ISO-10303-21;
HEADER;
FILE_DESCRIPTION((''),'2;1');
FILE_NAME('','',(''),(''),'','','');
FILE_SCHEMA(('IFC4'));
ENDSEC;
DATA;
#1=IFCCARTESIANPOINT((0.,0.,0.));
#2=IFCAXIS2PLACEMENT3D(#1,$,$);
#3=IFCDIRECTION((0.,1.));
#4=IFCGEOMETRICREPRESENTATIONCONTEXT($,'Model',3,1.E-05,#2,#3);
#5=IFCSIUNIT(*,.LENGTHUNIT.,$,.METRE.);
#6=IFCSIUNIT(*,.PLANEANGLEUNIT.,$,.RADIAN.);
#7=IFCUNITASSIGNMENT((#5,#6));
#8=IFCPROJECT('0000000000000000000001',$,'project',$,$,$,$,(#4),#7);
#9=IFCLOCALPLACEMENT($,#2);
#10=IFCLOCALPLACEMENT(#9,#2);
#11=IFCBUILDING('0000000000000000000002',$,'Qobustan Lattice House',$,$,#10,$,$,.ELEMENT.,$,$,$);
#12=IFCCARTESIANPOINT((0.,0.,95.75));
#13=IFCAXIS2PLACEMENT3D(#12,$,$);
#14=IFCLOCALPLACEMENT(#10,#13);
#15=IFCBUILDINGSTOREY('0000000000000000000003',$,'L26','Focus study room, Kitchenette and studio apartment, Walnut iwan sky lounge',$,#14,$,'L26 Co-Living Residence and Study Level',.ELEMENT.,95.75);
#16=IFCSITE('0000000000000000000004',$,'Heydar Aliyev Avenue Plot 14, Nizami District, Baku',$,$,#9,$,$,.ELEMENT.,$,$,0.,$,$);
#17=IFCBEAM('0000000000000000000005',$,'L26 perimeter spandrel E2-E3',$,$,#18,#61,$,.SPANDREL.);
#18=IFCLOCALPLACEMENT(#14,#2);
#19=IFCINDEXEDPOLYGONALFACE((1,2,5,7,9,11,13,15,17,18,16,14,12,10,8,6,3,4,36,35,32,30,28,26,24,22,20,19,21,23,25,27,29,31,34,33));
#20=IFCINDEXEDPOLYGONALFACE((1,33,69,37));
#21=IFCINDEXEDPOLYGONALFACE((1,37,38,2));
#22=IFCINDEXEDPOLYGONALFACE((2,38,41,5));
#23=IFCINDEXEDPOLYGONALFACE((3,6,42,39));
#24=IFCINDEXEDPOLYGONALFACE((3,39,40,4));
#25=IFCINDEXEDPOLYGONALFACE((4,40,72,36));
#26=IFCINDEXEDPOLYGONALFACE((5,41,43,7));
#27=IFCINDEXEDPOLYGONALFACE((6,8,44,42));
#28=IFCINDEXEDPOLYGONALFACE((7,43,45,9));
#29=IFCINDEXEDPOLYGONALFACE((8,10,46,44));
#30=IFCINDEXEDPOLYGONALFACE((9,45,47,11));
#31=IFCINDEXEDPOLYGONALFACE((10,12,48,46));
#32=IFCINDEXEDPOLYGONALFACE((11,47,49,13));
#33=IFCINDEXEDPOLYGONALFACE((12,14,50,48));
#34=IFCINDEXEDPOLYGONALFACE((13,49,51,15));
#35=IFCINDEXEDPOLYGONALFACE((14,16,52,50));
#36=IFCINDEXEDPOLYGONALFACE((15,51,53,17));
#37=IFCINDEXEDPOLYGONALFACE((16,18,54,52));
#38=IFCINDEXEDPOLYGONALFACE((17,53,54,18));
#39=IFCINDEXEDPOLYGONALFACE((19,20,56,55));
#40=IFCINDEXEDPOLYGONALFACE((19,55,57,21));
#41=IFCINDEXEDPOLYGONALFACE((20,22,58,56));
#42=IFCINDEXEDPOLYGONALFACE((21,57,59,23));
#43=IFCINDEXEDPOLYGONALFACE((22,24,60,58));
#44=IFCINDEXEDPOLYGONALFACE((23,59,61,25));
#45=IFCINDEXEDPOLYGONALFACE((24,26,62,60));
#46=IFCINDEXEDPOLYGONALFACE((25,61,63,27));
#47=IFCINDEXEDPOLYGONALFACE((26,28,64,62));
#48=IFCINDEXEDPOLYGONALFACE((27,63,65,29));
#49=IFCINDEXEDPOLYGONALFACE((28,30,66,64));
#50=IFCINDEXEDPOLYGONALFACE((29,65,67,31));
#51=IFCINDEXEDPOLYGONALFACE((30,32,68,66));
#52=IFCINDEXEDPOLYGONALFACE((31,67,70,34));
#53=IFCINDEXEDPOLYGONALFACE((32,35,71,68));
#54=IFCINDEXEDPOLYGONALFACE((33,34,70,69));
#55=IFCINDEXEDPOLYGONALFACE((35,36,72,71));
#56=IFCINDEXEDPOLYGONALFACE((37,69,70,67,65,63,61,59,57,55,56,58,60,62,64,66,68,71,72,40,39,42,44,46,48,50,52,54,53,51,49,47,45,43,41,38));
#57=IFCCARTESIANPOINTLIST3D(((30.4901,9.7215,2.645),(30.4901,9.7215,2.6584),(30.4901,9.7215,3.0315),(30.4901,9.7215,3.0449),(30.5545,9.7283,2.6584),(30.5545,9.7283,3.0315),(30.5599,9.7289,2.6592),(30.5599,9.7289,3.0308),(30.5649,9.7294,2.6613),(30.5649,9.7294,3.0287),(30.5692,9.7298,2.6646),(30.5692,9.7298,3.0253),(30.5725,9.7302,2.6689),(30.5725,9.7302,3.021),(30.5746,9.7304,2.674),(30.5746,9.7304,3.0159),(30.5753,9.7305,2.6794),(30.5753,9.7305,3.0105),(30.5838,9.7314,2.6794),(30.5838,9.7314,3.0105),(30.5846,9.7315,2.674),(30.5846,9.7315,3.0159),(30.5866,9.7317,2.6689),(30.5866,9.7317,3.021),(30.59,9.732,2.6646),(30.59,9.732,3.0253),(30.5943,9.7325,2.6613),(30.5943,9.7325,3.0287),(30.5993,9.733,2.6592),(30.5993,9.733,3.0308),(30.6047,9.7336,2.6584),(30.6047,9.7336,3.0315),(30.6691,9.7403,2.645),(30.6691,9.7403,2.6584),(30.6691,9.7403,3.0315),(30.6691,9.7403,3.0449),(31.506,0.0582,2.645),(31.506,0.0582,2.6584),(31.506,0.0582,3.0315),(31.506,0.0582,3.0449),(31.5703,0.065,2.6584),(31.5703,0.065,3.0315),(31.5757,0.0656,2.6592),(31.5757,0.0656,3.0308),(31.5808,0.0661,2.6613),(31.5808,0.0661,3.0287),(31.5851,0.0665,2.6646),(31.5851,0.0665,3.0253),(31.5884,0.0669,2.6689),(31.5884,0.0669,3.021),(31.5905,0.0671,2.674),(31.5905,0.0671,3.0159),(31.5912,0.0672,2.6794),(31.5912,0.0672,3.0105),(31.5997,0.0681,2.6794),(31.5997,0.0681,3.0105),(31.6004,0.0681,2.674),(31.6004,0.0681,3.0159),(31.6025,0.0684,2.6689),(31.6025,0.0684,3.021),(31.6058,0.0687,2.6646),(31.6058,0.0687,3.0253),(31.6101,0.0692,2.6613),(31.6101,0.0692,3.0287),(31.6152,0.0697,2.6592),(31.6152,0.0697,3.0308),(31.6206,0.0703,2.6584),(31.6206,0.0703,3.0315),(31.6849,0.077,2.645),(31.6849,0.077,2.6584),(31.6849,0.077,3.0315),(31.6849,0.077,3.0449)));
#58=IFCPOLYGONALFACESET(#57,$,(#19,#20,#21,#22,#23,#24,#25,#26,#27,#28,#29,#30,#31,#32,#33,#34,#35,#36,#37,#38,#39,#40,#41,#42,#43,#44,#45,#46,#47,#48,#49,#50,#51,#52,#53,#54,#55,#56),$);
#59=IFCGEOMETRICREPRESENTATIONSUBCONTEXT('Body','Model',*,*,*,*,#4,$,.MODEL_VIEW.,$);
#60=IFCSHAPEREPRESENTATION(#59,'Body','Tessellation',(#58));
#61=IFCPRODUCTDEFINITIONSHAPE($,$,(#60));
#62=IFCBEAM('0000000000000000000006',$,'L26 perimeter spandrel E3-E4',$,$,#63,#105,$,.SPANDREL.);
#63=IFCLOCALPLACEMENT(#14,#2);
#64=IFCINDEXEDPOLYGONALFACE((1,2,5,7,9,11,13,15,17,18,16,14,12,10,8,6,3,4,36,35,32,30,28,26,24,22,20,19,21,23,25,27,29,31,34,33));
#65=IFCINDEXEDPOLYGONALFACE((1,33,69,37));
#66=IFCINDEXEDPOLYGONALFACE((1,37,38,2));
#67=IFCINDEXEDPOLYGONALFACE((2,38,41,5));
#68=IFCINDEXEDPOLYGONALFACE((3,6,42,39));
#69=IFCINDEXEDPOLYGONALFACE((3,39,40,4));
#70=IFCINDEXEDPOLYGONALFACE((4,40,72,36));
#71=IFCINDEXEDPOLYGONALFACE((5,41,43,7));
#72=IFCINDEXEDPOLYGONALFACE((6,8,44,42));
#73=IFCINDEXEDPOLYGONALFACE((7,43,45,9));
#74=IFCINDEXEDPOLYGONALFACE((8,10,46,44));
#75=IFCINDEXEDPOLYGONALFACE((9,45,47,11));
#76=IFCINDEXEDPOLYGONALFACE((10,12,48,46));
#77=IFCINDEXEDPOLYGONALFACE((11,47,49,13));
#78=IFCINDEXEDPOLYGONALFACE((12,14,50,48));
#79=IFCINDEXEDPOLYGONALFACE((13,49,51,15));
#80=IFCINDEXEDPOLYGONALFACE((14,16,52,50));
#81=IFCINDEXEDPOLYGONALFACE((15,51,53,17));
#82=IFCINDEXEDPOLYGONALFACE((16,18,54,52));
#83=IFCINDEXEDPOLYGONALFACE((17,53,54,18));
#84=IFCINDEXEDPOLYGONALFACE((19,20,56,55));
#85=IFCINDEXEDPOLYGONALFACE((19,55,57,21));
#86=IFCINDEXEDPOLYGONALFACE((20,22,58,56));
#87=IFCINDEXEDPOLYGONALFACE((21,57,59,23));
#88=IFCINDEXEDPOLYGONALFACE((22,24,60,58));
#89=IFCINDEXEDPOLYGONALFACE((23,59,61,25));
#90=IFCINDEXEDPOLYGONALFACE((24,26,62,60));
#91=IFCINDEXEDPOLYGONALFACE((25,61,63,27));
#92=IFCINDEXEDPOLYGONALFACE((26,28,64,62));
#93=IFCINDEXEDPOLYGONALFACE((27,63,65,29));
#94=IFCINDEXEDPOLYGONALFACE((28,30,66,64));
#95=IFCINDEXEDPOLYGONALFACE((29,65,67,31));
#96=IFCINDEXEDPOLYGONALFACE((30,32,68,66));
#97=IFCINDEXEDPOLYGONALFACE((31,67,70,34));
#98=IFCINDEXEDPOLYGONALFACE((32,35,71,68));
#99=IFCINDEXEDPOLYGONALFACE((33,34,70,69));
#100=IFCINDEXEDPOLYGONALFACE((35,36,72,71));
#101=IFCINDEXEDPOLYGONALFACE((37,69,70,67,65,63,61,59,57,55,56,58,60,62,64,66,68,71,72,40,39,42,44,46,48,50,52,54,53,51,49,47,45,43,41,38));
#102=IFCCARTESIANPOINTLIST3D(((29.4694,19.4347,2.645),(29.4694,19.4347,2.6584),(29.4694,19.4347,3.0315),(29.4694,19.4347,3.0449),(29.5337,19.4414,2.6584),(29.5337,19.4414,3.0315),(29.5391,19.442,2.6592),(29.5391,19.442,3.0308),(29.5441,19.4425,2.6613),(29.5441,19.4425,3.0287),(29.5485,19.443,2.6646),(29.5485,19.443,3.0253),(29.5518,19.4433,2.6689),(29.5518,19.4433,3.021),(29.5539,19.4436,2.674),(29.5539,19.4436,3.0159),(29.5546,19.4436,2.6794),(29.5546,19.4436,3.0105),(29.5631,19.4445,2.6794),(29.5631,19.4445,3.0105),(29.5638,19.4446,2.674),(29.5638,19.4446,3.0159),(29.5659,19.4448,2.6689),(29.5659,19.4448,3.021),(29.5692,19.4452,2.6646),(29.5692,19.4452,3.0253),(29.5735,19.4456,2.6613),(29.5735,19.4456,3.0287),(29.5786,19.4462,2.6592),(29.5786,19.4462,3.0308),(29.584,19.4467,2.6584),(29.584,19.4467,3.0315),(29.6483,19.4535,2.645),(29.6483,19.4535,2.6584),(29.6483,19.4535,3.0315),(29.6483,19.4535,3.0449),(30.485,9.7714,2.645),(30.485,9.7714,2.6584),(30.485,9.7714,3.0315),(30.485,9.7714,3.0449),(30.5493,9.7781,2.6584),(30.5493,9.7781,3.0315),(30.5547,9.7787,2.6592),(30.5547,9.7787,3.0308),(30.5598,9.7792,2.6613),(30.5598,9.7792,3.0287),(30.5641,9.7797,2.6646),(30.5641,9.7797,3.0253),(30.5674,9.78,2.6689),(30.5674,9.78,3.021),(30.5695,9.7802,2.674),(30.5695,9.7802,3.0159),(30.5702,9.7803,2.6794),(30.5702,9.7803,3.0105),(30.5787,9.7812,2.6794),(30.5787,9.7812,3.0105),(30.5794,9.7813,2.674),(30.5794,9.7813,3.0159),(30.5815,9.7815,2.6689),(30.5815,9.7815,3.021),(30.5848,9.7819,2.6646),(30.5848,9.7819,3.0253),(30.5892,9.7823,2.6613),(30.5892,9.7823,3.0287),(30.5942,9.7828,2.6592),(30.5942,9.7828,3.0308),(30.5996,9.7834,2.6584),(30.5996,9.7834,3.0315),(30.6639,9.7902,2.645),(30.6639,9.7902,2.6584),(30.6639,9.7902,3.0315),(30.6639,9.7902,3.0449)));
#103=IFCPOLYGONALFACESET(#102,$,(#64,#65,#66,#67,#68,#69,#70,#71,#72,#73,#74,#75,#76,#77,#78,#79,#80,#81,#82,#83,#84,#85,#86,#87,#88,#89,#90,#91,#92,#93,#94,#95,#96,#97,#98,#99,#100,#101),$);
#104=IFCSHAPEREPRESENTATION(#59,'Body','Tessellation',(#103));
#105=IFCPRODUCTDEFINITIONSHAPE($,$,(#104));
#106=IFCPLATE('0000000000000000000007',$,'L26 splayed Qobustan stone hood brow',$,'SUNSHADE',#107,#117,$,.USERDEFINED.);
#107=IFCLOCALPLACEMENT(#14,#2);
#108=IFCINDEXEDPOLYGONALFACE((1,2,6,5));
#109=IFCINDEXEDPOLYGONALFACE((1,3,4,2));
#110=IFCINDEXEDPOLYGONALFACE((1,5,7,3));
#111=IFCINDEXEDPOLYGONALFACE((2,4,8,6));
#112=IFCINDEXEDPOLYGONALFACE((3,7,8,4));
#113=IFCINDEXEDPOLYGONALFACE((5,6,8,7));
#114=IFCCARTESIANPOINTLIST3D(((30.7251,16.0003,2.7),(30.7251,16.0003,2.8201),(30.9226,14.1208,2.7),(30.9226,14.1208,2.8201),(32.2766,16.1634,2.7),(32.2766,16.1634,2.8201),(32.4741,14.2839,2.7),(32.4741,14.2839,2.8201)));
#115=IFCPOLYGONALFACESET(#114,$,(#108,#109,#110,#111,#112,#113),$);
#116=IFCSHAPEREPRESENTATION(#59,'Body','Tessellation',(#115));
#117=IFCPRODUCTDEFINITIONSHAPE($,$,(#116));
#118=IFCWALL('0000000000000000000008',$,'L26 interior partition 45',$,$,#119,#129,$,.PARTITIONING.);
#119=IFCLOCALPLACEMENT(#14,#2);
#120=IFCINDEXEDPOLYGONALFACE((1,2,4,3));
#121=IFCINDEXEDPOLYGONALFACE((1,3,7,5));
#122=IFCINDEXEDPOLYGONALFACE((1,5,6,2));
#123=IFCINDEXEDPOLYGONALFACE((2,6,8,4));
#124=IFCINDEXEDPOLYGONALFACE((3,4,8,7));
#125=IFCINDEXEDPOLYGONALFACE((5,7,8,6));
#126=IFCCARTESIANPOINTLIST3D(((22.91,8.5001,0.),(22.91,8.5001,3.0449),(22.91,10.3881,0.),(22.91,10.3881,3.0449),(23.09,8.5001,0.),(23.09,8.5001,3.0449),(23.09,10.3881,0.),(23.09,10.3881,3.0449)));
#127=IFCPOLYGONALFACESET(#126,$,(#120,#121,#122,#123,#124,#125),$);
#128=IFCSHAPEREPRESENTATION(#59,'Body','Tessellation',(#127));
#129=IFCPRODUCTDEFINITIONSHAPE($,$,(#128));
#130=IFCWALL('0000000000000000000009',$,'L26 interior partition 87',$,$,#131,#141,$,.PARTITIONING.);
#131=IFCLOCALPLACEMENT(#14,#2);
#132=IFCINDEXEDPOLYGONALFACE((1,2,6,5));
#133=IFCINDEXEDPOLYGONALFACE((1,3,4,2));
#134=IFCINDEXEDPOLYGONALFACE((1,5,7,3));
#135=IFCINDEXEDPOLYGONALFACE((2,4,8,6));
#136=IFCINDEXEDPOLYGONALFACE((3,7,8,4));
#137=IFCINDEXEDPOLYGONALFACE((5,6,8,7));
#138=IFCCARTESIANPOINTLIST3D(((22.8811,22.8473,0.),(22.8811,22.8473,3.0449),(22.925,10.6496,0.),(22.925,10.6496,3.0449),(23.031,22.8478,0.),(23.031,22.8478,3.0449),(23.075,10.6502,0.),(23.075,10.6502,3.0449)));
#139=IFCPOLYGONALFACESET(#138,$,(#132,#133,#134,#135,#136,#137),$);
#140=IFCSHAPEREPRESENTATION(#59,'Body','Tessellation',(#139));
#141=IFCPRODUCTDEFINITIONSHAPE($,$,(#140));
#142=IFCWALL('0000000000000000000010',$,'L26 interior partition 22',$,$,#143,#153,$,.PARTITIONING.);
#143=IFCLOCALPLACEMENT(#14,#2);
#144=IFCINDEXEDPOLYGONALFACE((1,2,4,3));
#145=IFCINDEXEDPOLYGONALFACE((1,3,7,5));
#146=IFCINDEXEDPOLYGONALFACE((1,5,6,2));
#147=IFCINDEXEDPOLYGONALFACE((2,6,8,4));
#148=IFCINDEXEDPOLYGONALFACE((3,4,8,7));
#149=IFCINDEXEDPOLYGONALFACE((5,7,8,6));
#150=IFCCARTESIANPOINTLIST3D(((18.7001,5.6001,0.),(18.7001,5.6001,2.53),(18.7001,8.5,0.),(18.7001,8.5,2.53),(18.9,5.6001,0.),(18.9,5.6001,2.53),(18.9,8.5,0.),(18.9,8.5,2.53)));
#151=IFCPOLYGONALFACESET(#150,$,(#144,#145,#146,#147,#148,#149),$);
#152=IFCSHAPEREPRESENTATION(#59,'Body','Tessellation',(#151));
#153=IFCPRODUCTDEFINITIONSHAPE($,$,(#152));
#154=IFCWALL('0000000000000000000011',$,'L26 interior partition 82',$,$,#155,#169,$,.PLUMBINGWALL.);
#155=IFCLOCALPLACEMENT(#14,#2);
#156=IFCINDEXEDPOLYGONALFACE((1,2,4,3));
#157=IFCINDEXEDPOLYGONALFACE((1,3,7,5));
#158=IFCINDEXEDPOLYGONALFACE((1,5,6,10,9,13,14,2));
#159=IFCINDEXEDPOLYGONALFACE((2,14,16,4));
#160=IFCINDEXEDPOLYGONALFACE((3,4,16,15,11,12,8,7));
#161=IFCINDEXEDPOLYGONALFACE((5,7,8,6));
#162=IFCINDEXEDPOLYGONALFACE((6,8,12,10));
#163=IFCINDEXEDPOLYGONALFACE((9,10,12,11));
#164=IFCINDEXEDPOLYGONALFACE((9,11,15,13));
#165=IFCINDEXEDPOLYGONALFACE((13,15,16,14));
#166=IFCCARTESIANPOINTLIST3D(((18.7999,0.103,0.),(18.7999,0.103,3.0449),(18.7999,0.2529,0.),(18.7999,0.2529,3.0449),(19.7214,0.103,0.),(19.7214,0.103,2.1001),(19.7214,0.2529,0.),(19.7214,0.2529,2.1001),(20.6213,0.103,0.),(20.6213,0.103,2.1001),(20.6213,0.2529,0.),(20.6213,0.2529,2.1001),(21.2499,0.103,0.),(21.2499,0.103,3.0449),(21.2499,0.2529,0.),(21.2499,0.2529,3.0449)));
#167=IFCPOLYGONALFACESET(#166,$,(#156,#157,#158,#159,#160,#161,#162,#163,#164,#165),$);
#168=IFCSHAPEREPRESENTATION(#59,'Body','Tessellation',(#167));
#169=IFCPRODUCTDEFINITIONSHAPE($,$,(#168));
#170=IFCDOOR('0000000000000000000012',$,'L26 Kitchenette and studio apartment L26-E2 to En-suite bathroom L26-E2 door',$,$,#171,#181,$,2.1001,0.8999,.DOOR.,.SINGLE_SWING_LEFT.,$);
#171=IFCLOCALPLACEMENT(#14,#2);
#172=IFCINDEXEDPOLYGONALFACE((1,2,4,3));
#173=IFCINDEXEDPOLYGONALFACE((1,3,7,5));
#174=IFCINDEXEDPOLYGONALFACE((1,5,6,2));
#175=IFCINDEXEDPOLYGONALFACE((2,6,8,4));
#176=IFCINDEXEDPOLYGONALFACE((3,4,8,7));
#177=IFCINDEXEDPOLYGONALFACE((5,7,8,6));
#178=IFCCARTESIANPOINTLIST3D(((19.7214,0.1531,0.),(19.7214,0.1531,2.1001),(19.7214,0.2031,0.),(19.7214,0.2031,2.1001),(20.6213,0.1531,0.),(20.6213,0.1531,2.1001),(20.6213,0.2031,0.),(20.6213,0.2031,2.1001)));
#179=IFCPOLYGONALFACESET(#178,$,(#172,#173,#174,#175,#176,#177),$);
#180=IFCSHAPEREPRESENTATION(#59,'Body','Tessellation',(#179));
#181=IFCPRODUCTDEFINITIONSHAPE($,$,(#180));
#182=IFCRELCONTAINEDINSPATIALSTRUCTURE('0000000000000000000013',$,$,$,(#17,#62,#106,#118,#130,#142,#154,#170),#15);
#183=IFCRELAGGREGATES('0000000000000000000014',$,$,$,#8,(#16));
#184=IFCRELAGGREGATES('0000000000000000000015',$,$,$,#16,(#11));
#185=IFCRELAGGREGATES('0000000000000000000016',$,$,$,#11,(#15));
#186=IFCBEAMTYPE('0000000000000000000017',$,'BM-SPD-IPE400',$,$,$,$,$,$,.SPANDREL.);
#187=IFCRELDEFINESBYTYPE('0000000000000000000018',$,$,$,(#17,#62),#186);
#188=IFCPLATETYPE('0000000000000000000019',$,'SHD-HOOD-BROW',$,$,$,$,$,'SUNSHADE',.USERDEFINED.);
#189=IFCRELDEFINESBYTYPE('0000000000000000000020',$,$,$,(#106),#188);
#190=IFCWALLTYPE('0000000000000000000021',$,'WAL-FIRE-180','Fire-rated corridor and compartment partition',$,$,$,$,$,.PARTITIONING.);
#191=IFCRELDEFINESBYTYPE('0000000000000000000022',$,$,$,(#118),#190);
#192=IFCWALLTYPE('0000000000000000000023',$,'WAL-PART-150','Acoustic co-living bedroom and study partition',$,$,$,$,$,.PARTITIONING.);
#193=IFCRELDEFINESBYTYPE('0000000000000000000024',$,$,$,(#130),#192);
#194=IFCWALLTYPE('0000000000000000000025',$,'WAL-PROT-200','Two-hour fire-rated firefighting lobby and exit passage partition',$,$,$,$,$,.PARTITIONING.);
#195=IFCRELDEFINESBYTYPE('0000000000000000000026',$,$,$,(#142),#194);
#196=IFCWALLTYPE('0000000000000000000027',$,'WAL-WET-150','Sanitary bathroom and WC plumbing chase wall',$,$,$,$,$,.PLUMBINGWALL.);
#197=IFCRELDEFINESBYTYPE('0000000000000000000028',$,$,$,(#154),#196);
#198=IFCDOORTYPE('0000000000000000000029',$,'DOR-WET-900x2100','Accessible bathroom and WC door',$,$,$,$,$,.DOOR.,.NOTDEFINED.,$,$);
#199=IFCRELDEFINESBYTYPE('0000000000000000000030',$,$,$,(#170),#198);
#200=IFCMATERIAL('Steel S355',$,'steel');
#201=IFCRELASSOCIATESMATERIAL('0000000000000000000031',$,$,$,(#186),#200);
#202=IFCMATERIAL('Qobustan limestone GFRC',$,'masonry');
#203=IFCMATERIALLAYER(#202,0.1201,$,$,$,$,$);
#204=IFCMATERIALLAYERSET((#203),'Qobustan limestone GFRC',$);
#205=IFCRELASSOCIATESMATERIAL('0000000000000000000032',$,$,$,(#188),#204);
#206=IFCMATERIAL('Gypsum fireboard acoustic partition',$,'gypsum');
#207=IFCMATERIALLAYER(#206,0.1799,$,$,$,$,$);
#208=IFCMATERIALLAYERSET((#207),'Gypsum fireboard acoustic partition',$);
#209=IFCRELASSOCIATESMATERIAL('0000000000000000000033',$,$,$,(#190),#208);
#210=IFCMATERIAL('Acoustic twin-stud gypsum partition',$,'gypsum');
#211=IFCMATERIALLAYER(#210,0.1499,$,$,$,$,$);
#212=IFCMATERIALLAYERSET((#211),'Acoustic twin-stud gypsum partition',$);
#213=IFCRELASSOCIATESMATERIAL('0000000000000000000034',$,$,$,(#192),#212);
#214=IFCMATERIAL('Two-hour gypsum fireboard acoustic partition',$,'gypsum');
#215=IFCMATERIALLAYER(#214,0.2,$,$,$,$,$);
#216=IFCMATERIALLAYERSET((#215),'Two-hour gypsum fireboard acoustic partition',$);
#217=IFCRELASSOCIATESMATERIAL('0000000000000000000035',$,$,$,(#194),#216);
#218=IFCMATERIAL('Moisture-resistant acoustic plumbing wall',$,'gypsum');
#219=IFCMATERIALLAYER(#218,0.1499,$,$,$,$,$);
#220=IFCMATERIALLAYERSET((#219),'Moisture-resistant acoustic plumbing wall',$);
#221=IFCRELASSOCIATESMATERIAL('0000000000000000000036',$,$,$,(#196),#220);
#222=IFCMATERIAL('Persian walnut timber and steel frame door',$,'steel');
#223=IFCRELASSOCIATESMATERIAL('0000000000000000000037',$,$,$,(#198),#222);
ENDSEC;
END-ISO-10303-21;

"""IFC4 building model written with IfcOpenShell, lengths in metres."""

from ifc_helpers import new_model, si_unit, direction, frame, frame_2d, origin, origin_2d, place, context, subcontext, project, spatial, rectangle, i_section, extrude, material, layer, layer_set, material_profile, profile_set, type_object, element, fill, save


model = new_model("IFC4")

# Units and contexts
model_context = context("Model", 3, precision=1e-05, world=origin(), true_north=direction((0.0, 1.0)))
body_context = subcontext(model_context, "Body", "Model", "MODEL_VIEW")
ifc_project = project(units=[si_unit("LENGTHUNIT", "METRE"), si_unit("PLANEANGLEUNIT", "RADIAN")], contexts=[model_context])

# Site, building, storey
site_placement = place(None, origin())
site = spatial("IfcSite", under=ifc_project, at=site_placement, Name="Heydar Aliyev Avenue Plot 14, Nizami District, Baku", CompositionType="ELEMENT", RefElevation=0.0)
building_placement = place(site_placement, origin())
building = spatial("IfcBuilding", under=site, at=building_placement, Name="Qobustan Lattice House", CompositionType="ELEMENT")
storey_placement = place(building_placement, frame((0.0, 0.0, 95.75)))
storey = spatial("IfcBuildingStorey", under=building, at=storey_placement, Name="L26", Description="Focus study room, Kitchenette and studio apartment, Walnut iwan sky lounge", LongName="L26 Co-Living Residence and Study Level", CompositionType="ELEMENT", Elevation=95.75)

# Beams
ifc_material_1 = material(Name="Steel S355", Category="steel")
ifc_material_profile_1 = material_profile(ifc_material_1, i_section(OverallWidth=0.1799, OverallDepth=0.3999, WebThickness=0.0085, FlangeThickness=0.0134, FilletRadius=0.021, at=origin_2d()), Name="IPE400")
ifc_profile_set_1 = profile_set([ifc_material_profile_1], Name="Steel S355")
beam_type_1 = type_object("IfcBeamType", Name="BM-SPD-IPE400", PredefinedType="SPANDREL", material=ifc_profile_set_1)
for number, where, z_axis, x_axis, name in (
    (1, (31.5955, 0.0676, 2.845), (-0.10455, 0.99452, 0.0), (-0.99452, -0.10455, 0.0), "L26 perimeter spandrel E2-E3"),
    (2, (30.5745, 9.7808, 2.845), (-0.104525, 0.994522, 0.0), (-0.994522, -0.104525, 0.0), "L26 perimeter spandrel E3-E4"),
):
    element("IfcBeam", number, at=place(storey_placement, frame(where, z_axis=z_axis, x_axis=x_axis)), inside=storey, type_object=beam_type_1, Name=name, PredefinedType="SPANDREL", context=body_context, shape_type="SweptSolid", body=[
        extrude(i_section(OverallWidth=0.1799, OverallDepth=0.3999, WebThickness=0.0085, FlangeThickness=0.0134, FilletRadius=0.021, at=origin_2d()), origin(), (0.0, 0.0, 1.0), 9.7166),
    ])

# Plate
ifc_material_2 = material(Name="Qobustan limestone GFRC", Category="masonry")
ifc_layer_1 = layer(ifc_material_2, 0.1201)
ifc_layer_set_1 = layer_set([ifc_layer_1], Name="Qobustan limestone GFRC")
plate_type = type_object("IfcPlateType", Name="SHD-HOOD-BROW", ElementType="SUNSHADE", PredefinedType="USERDEFINED", material=ifc_layer_set_1)
plate_placement = place(storey_placement, frame((31.5996, 15.1421, 2.7), z_axis=(0.0, 0.0, 1.0), x_axis=(0.104528, -0.994522, 0.0)))
element("IfcPlate", 3, at=plate_placement, inside=storey, type_object=plate_type, Name="L26 splayed Qobustan stone hood brow", ObjectType="SUNSHADE", PredefinedType="USERDEFINED", context=body_context, shape_type="SweptSolid", body=[
    extrude(rectangle(XDim=1.8899, YDim=1.5601, at=origin_2d()), origin(), (0.0, 0.0, 1.0), 0.1201),
])

# Shared definitions
ifc_material_3 = material(Name="Gypsum fireboard acoustic partition", Category="gypsum")
ifc_layer_2 = layer(ifc_material_3, 0.1799)
ifc_layer_set_2 = layer_set([ifc_layer_2], Name="Gypsum fireboard acoustic partition")
wall_type_1 = type_object("IfcWallType", Name="WAL-FIRE-180", Description="Fire-rated corridor and compartment partition", PredefinedType="PARTITIONING", material=ifc_layer_set_2)

# Wall
wall_1_placement = place(storey_placement, frame((23.0, 10.3879, 0.0), z_axis=(0.0, 0.0, 1.0), x_axis=(0.0, -1.0, 0.0)))
element("IfcWall", 4, at=wall_1_placement, inside=storey, type_object=wall_type_1, Name="L26 interior partition 45", PredefinedType="PARTITIONING", context=body_context, shape_type="SweptSolid", body=[
    extrude(rectangle(XDim=1.8879, YDim=0.1799, at=frame_2d((0.9438, 0.0))), origin(), (0.0, 0.0, 1.0), 3.0449),
])

# Shared definitions
ifc_material_4 = material(Name="Acoustic twin-stud gypsum partition", Category="gypsum")
ifc_layer_3 = layer(ifc_material_4, 0.1499)
ifc_layer_set_3 = layer_set([ifc_layer_3], Name="Acoustic twin-stud gypsum partition")
wall_type_2 = type_object("IfcWallType", Name="WAL-PART-150", Description="Acoustic co-living bedroom and study partition", PredefinedType="PARTITIONING", material=ifc_layer_set_3)

# Wall
wall_2_placement = place(storey_placement, frame((23.0, 10.6499, 0.0), z_axis=(0.0, 0.0, 1.0), x_axis=(-0.003603, 0.999994, 0.0)))
element("IfcWall", 5, at=wall_2_placement, inside=storey, type_object=wall_type_2, Name="L26 interior partition 87", PredefinedType="PARTITIONING", context=body_context, shape_type="SweptSolid", body=[
    extrude(rectangle(XDim=12.1978, YDim=0.1499, at=frame_2d((6.0989, 0.0))), origin(), (0.0, 0.0, 1.0), 3.0449),
])

# Shared definitions
ifc_material_5 = material(Name="Two-hour gypsum fireboard acoustic partition", Category="gypsum")
ifc_layer_4 = layer(ifc_material_5, 0.2)
ifc_layer_set_4 = layer_set([ifc_layer_4], Name="Two-hour gypsum fireboard acoustic partition")
wall_type_3 = type_object("IfcWallType", Name="WAL-PROT-200", Description="Two-hour fire-rated firefighting lobby and exit passage partition", PredefinedType="PARTITIONING", material=ifc_layer_set_4)

# Wall
wall_3_placement = place(storey_placement, frame((18.8, 5.6001, 0.0), z_axis=(0.0, 0.0, 1.0), x_axis=(0.0, 1.0, 0.0)))
element("IfcWall", 6, at=wall_3_placement, inside=storey, type_object=wall_type_3, Name="L26 interior partition 22", PredefinedType="PARTITIONING", context=body_context, shape_type="SweptSolid", body=[
    extrude(rectangle(XDim=2.8999, YDim=0.2, at=frame_2d((1.45, 0.0))), origin(), (0.0, 0.0, 1.0), 2.53),
])

# Wall, opening, door
ifc_material_6 = material(Name="Moisture-resistant acoustic plumbing wall", Category="gypsum")
ifc_layer_5 = layer(ifc_material_6, 0.1499)
ifc_layer_set_5 = layer_set([ifc_layer_5], Name="Moisture-resistant acoustic plumbing wall")
wall_type_4 = type_object("IfcWallType", Name="WAL-WET-150", Description="Sanitary bathroom and WC plumbing chase wall", PredefinedType="PLUMBINGWALL", material=ifc_layer_set_5)
wall_4_placement = place(storey_placement, frame((21.25, 0.178, 0.0), z_axis=(0.0, 0.0, 1.0), x_axis=(-1.0, 0.0, 0.0)))
wall_4 = element("IfcWall", 7, at=wall_4_placement, inside=storey, type_object=wall_type_4, Name="L26 interior partition 82", PredefinedType="PLUMBINGWALL", context=body_context, shape_type="SweptSolid", body=[
    extrude(rectangle(XDim=2.45, YDim=0.1499, at=frame_2d((1.2251, 0.0))), origin(), (0.0, 0.0, 1.0), 3.0449),
])
opening_1_placement = place(wall_4_placement, frame((0.6287, 0.0, 0.0)))
opening_1 = element("IfcOpeningElement", 8, at=opening_1_placement, cuts=wall_4, PredefinedType="OPENING", context=body_context, shape_type="SweptSolid", body=[
    extrude(rectangle(XDim=0.8999, YDim=2.1001, at=frame_2d((0.45, 1.05))), frame((0.0, 0.085, 0.0), z_axis=(0.0, -1.0, 0.0), x_axis=(1.0, 0.0, 0.0)), (0.0, 0.0, 1.0), 0.1699),
])
ifc_material_7 = material(Name="Persian walnut timber and steel frame door", Category="steel")
door_type_1 = type_object("IfcDoorType", Name="DOR-WET-900x2100", Description="Accessible bathroom and WC door", OperationType="NOTDEFINED", PredefinedType="DOOR", material=ifc_material_7)
door_1_placement = place(opening_1_placement, origin())
door_1 = element("IfcDoor", 9, at=door_1_placement, inside=storey, type_object=door_type_1, Name="L26 Kitchenette and studio apartment L26-E2 to En-suite bathroom L26-E2 door", OperationType="SINGLE_SWING_LEFT", OverallHeight=2.1001, OverallWidth=0.8999, PredefinedType="DOOR", context=body_context, shape_type="SweptSolid", body=[
    extrude(rectangle(XDim=0.8999, YDim=2.1001, at=frame_2d((0.45, 1.05))), frame((0.0, 0.0249, 0.0), z_axis=(0.0, -1.0, 0.0), x_axis=(1.0, 0.0, 0.0)), (0.0, 0.0, 1.0), 0.05),
])
fill(opening_1, door_1)

save(model, "model.ifc")
